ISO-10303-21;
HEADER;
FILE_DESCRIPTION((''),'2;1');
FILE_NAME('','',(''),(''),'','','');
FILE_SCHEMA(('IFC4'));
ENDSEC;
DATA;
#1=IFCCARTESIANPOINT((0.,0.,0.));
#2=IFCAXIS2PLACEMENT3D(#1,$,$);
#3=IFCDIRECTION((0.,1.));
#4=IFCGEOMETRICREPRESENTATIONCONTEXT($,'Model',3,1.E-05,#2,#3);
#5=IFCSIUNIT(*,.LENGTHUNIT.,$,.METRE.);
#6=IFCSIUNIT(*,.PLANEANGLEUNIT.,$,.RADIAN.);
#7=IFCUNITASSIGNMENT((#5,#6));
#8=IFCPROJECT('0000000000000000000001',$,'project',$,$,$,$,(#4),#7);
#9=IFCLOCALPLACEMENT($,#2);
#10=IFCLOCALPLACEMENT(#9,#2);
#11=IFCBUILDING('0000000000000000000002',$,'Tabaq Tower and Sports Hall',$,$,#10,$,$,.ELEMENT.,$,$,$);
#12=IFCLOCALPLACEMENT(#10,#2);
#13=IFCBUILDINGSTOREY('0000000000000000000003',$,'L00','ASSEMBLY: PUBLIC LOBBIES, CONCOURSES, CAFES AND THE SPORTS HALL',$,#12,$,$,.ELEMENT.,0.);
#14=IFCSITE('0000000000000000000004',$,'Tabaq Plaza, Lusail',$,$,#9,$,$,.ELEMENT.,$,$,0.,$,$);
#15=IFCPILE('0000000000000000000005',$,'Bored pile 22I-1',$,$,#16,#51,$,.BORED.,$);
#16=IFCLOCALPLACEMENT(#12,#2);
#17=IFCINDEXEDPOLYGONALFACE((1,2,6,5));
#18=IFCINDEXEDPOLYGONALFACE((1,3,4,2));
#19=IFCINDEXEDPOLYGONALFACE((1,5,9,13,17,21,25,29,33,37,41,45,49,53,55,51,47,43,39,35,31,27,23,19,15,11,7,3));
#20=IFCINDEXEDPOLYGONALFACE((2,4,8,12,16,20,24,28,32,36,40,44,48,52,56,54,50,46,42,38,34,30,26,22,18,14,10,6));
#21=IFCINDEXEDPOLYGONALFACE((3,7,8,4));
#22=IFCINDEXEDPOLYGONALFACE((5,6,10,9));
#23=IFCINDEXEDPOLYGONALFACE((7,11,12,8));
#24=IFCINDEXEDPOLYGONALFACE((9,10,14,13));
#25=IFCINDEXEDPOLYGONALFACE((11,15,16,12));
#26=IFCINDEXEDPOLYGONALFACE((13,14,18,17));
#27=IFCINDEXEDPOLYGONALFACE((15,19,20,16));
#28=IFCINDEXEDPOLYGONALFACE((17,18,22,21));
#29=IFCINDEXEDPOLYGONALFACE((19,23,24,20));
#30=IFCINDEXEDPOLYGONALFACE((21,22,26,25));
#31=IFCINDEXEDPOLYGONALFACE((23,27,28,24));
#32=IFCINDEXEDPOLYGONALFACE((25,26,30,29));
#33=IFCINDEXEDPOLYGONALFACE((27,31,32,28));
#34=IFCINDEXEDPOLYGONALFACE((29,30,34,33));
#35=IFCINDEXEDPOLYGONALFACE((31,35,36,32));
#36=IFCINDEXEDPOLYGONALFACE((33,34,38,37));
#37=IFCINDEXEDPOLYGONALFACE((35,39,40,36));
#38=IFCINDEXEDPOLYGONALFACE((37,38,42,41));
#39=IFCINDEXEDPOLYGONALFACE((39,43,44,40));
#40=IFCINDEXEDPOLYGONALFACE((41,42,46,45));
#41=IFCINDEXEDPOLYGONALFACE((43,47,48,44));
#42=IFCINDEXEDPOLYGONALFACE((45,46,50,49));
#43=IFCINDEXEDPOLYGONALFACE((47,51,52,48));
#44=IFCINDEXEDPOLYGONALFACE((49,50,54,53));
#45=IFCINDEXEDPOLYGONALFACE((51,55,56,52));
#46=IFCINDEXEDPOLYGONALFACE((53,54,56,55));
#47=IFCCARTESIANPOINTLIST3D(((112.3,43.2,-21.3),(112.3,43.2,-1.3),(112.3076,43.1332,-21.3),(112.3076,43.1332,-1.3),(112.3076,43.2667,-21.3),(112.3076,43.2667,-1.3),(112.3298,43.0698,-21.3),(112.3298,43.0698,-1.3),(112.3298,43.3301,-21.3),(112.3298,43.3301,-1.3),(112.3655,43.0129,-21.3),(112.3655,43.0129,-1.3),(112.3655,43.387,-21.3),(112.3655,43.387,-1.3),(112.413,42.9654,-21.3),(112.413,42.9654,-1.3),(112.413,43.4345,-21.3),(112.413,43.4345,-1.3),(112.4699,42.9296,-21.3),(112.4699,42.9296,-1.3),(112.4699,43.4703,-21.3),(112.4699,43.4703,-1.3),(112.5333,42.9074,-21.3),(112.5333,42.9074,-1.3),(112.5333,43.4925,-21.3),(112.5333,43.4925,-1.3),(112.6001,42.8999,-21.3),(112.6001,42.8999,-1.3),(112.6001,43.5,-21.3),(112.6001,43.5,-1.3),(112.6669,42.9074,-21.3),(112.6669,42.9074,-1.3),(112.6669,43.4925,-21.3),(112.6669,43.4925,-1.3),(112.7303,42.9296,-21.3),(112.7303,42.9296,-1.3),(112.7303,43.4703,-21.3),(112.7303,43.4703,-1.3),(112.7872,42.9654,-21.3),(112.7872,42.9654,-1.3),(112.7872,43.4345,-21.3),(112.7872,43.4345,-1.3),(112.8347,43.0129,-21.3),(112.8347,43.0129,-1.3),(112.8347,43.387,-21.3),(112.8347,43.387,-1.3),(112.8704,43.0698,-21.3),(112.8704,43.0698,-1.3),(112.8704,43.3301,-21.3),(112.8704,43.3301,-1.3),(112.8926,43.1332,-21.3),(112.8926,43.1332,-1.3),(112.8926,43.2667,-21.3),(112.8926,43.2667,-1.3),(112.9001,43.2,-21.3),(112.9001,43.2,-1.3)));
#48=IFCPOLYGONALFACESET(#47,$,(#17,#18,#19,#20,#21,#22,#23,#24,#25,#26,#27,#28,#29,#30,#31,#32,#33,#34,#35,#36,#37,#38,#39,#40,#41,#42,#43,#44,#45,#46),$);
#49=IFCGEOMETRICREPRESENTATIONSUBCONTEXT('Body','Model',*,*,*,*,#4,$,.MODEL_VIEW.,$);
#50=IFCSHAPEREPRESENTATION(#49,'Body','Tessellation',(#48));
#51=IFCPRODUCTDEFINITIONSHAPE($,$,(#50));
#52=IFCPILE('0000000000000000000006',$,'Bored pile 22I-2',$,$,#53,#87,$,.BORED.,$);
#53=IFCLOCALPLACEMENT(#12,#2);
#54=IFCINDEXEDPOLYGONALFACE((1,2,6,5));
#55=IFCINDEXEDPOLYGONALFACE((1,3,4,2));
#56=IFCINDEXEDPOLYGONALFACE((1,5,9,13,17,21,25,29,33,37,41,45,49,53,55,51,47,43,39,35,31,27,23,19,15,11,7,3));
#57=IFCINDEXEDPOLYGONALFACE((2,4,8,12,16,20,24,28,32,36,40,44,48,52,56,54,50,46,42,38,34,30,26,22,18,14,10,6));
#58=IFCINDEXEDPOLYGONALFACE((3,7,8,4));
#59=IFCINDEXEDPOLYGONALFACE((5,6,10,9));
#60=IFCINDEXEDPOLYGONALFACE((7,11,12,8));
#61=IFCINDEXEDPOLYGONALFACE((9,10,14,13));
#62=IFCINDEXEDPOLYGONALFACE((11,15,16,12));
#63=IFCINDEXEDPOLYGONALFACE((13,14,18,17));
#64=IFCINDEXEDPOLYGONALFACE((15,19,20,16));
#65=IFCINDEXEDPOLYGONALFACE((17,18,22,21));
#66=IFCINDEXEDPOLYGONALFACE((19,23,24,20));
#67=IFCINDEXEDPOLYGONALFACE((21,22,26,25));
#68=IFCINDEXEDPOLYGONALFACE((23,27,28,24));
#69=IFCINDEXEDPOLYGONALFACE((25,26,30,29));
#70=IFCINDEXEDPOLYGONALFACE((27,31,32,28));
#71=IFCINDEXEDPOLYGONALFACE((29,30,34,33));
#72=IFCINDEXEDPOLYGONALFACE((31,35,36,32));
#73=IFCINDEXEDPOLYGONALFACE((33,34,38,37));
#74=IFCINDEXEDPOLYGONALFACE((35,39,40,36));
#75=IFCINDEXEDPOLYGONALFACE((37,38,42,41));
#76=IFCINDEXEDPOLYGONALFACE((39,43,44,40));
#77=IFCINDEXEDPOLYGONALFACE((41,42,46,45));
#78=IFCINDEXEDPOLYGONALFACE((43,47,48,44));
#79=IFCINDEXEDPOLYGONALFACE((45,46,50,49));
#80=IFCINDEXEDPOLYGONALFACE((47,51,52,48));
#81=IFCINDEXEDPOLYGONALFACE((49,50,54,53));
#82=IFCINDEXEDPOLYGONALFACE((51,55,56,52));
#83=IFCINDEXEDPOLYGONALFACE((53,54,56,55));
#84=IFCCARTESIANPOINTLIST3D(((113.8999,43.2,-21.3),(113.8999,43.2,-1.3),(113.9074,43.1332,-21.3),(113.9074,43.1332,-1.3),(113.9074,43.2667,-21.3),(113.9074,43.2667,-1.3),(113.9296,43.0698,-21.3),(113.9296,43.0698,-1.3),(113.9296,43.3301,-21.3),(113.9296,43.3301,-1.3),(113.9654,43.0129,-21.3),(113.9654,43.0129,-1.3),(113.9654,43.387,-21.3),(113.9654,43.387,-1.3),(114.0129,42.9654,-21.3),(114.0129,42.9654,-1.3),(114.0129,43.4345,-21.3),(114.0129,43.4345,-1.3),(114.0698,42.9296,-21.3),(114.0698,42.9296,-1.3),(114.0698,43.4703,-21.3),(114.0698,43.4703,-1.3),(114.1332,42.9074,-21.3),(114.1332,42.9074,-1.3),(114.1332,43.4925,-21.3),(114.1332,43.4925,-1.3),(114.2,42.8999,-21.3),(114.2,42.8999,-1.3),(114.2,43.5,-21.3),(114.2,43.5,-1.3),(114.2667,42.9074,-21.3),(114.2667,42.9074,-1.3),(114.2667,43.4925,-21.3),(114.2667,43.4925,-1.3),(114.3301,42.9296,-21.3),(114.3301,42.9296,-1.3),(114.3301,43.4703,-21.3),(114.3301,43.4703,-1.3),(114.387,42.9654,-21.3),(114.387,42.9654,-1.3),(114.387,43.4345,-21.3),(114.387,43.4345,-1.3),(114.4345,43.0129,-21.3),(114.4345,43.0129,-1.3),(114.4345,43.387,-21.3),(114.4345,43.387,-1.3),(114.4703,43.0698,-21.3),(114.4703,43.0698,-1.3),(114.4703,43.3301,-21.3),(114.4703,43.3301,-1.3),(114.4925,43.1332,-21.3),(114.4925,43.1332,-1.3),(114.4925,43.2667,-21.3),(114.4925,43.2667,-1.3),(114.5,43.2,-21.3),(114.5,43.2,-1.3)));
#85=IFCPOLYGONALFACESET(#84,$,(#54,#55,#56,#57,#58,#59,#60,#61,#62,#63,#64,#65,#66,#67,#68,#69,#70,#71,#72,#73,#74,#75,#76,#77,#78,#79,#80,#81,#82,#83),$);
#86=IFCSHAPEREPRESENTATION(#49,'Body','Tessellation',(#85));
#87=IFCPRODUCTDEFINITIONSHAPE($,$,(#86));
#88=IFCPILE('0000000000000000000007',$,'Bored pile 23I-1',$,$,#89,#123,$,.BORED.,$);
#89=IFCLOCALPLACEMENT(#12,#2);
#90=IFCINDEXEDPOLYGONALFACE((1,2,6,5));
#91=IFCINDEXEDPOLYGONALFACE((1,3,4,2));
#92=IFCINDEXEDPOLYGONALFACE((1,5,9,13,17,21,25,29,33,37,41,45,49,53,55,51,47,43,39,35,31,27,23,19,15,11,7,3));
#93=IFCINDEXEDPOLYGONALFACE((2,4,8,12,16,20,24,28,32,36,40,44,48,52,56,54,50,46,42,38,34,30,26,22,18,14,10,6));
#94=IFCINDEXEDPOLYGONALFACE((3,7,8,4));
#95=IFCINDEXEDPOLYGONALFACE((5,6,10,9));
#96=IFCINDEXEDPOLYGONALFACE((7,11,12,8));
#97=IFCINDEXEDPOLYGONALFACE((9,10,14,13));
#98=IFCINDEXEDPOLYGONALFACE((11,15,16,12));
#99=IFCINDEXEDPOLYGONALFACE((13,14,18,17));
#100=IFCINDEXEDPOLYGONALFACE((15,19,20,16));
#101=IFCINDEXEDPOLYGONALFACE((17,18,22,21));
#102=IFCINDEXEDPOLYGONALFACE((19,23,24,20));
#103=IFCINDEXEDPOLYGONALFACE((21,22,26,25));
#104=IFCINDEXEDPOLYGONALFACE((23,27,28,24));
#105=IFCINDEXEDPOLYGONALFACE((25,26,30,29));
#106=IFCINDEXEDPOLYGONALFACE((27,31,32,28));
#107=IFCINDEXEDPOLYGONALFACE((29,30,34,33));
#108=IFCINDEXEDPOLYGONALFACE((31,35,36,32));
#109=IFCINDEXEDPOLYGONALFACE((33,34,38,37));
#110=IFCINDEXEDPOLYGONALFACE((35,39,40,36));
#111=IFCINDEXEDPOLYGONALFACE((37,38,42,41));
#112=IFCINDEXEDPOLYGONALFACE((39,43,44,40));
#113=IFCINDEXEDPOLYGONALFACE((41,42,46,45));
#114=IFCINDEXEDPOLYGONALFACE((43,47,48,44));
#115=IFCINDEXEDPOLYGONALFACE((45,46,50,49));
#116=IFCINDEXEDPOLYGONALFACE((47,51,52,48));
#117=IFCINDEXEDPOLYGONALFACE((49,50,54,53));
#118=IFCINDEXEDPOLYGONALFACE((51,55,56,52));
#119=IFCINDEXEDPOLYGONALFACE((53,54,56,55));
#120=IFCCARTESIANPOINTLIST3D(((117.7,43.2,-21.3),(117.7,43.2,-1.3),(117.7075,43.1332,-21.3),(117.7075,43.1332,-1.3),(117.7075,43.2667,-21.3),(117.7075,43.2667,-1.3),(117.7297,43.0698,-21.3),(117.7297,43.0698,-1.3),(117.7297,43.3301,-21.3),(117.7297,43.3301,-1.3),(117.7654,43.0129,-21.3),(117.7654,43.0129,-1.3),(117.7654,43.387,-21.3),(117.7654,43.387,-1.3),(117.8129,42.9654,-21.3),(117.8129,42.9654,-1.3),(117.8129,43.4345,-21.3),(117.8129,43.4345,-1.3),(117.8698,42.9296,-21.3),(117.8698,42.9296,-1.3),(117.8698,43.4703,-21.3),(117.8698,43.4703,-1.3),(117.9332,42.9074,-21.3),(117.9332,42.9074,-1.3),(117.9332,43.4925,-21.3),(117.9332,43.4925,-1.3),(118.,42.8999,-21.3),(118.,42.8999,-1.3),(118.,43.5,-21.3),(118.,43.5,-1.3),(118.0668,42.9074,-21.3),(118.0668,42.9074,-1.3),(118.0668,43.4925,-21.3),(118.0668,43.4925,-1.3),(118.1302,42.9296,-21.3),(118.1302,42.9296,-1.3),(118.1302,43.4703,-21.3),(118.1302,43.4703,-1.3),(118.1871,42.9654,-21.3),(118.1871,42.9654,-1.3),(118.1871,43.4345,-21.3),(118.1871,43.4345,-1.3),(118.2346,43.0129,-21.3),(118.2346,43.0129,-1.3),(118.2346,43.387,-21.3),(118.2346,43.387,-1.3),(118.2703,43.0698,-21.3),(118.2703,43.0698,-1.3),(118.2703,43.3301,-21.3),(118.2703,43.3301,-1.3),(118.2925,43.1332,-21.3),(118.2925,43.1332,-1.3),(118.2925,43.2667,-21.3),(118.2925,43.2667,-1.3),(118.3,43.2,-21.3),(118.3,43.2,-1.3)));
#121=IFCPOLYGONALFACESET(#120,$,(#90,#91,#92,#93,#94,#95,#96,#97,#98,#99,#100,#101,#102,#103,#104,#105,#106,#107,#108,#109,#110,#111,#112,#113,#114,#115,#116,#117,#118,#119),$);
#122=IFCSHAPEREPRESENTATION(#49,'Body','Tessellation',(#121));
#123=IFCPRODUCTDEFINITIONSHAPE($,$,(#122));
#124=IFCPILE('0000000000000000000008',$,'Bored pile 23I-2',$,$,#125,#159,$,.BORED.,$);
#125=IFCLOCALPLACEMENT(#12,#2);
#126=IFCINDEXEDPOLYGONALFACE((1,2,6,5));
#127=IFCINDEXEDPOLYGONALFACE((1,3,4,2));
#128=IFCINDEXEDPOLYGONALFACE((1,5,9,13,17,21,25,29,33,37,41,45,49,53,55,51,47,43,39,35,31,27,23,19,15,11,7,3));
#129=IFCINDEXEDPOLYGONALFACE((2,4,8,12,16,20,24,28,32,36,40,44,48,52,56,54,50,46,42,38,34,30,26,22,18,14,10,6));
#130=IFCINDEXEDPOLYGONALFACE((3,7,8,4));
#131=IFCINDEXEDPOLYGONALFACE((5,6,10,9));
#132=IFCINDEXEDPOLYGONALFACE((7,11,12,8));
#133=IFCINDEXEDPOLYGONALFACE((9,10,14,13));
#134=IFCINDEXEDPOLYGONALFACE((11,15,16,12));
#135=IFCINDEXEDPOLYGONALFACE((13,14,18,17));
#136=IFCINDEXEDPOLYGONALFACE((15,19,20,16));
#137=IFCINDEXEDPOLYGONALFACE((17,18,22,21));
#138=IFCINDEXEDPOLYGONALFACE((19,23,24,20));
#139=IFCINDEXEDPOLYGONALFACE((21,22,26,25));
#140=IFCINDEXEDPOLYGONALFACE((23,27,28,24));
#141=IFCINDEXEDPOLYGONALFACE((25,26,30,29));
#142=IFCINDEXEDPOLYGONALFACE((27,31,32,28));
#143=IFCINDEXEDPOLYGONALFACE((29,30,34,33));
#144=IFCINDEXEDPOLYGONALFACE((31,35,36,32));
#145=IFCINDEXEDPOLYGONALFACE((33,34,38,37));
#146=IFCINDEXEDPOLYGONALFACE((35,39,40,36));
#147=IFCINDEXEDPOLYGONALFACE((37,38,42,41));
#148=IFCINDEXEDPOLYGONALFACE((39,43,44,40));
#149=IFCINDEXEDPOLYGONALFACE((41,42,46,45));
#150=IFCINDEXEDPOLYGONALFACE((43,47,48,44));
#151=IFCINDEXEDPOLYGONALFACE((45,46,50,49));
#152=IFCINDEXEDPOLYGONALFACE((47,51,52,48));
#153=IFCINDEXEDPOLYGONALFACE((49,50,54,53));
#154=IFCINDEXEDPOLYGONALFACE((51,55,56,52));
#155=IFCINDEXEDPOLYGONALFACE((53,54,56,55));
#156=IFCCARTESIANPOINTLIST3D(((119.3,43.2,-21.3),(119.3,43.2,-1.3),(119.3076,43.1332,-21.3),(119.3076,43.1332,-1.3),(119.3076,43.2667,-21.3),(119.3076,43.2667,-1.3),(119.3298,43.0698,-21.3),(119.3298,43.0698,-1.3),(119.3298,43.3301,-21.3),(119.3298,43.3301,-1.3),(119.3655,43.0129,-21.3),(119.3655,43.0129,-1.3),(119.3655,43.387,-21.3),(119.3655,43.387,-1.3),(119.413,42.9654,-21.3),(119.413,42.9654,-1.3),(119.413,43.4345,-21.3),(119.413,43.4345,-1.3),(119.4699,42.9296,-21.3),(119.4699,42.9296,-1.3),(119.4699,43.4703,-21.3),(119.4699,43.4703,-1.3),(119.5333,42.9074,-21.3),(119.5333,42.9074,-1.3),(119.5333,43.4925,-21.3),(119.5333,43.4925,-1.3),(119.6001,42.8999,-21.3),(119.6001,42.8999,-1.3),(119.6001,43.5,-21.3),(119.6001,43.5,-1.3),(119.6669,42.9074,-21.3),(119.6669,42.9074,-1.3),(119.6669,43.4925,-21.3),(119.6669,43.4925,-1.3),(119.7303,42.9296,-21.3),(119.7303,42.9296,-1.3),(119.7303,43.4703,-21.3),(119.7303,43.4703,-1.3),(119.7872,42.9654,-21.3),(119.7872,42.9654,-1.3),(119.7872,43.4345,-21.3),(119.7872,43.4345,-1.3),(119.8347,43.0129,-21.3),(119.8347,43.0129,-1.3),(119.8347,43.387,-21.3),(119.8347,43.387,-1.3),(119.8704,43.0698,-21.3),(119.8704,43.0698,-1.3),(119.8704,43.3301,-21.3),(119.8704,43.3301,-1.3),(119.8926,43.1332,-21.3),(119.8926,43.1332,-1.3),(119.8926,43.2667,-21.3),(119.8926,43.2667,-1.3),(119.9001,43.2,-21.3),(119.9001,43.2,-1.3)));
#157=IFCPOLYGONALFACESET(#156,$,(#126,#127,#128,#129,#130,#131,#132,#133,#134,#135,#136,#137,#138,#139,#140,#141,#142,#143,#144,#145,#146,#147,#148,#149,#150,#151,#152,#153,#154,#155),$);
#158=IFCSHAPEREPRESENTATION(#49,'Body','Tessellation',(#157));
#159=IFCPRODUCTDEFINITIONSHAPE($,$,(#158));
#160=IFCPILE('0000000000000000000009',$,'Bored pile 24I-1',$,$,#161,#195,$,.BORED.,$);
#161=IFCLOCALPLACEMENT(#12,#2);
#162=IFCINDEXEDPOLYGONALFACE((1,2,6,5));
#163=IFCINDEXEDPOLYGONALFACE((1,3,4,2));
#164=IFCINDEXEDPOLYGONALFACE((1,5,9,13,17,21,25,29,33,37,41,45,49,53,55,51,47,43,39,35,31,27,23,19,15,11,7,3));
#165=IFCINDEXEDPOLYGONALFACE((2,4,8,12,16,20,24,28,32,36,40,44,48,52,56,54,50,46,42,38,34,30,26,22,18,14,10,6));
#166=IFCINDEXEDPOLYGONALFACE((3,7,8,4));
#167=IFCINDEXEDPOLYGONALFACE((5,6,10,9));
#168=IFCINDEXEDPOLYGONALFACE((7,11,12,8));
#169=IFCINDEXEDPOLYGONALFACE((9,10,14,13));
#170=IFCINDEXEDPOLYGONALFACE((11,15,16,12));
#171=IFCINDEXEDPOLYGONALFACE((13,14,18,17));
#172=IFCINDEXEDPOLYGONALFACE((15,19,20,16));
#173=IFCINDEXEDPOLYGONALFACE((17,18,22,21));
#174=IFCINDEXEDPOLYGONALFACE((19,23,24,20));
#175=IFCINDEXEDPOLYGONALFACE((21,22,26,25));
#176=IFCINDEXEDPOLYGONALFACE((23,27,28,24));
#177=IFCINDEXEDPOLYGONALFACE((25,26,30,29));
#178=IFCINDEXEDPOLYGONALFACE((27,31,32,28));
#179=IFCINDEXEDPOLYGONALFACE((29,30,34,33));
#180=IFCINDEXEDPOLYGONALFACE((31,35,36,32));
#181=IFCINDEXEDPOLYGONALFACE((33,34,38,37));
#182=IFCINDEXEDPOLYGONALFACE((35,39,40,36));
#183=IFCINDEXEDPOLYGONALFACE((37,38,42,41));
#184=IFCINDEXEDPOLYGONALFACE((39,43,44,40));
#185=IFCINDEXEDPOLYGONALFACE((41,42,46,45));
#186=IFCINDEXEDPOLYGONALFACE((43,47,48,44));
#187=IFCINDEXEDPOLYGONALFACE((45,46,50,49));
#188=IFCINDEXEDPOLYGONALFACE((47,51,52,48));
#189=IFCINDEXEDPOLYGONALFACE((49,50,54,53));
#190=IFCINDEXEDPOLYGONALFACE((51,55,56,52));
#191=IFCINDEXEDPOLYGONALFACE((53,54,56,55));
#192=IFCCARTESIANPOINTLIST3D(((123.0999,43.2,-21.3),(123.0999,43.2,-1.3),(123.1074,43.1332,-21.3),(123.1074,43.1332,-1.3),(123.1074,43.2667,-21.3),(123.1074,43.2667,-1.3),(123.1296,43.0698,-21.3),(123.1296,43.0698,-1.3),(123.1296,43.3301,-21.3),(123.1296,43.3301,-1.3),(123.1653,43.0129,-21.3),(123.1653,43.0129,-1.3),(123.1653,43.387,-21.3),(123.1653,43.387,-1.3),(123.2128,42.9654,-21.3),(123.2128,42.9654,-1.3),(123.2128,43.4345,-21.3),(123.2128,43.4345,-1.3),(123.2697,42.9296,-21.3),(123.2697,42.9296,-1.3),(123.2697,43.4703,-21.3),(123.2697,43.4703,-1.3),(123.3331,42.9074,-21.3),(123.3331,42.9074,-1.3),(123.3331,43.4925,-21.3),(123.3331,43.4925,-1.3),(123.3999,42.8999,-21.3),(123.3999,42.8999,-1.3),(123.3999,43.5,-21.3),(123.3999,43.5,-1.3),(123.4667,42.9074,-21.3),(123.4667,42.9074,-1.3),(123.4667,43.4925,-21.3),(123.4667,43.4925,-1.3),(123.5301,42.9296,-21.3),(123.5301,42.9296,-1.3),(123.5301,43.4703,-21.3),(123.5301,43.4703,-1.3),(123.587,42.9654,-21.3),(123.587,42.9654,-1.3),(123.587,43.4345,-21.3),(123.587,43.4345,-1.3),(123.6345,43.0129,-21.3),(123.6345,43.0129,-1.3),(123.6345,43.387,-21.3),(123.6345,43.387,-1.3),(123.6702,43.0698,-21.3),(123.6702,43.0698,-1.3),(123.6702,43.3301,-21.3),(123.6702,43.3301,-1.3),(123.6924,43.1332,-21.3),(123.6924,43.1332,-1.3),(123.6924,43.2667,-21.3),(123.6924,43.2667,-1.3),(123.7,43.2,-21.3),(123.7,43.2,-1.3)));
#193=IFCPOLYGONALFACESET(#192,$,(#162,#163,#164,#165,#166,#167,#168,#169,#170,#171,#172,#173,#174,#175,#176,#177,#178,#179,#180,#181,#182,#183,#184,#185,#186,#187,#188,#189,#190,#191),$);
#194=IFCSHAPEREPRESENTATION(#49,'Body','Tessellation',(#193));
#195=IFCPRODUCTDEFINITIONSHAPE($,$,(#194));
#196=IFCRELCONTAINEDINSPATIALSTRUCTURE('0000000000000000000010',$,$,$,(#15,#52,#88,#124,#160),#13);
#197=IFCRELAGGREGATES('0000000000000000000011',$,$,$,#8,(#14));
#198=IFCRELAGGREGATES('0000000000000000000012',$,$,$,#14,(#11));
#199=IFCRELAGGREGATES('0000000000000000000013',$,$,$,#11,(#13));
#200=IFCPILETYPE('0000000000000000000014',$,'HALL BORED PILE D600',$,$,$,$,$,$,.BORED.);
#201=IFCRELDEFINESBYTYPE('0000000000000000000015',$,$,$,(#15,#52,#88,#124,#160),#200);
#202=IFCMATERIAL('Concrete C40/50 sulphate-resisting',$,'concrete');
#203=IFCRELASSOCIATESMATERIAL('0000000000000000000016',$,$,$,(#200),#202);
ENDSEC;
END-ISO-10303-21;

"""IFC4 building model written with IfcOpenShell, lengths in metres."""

from ifc_helpers import new_model, si_unit, direction, frame, origin, origin_2d, place, context, subcontext, project, spatial, circle, extrude, material, material_profile, profile_set, type_object, element, save


model = new_model("IFC4")

# Units and contexts
model_context = context("Model", 3, precision=1e-05, world=origin(), true_north=direction((0.0, 1.0)))
body_context = subcontext(model_context, "Body", "Model", "MODEL_VIEW")
ifc_project = project(units=[si_unit("LENGTHUNIT", "METRE"), si_unit("PLANEANGLEUNIT", "RADIAN")], contexts=[model_context])

# Site, building, storey
site_placement = place(None, origin())
site = spatial("IfcSite", under=ifc_project, at=site_placement, Name="Tabaq Plaza, Lusail", CompositionType="ELEMENT", RefElevation=0.0)
building_placement = place(site_placement, origin())
building = spatial("IfcBuilding", under=site, at=building_placement, Name="Tabaq Tower and Sports Hall", CompositionType="ELEMENT")
storey_placement = place(building_placement, origin())
storey = spatial("IfcBuildingStorey", under=building, at=storey_placement, Name="L00", Description="ASSEMBLY: PUBLIC LOBBIES, CONCOURSES, CAFES AND THE SPORTS HALL", CompositionType="ELEMENT", Elevation=0.0)

# Piles
ifc_material_1 = material(Name="Concrete C40/50 sulphate-resisting", Category="concrete")
ifc_material_profile_1 = material_profile(ifc_material_1, circle(Radius=0.3, at=origin_2d()), Name="D600")
ifc_profile_set_1 = profile_set([ifc_material_profile_1], Name="Concrete C40/50 sulphate-resisting")
pile_type = type_object("IfcPileType", Name="HALL BORED PILE D600", PredefinedType="BORED", material=ifc_profile_set_1)
for number, where, z_axis, x_axis, name in (
    (1, (112.6001, 43.2, -1.3), (0.0, 0.0, -1.0), (1.0, 0.0, 0.0), "Bored pile 22I-1"),
    (2, (114.2, 43.2, -1.3), (0.0, 0.0, -1.0), (1.0, 0.0, 0.0), "Bored pile 22I-2"),
    (3, (118.0, 43.2, -1.3), (0.0, 0.0, -1.0), (1.0, 0.0, 0.0), "Bored pile 23I-1"),
    (4, (119.6001, 43.2, -1.3), (0.0, 0.0, -1.0), (1.0, 0.0, 0.0), "Bored pile 23I-2"),
    (5, (123.3999, 43.2, -1.3), (0.0, 0.0, -1.0), (1.0, 0.0, 0.0), "Bored pile 24I-1"),
):
    element("IfcPile", number, at=place(storey_placement, frame(where, z_axis=z_axis, x_axis=x_axis)), inside=storey, type_object=pile_type, Name=name, PredefinedType="BORED", context=body_context, shape_type="SweptSolid", body=[
        extrude(circle(Radius=0.3, at=origin_2d()), origin(), (0.0, 0.0, 1.0), 20.0),
    ])

save(model, "model.ifc")
